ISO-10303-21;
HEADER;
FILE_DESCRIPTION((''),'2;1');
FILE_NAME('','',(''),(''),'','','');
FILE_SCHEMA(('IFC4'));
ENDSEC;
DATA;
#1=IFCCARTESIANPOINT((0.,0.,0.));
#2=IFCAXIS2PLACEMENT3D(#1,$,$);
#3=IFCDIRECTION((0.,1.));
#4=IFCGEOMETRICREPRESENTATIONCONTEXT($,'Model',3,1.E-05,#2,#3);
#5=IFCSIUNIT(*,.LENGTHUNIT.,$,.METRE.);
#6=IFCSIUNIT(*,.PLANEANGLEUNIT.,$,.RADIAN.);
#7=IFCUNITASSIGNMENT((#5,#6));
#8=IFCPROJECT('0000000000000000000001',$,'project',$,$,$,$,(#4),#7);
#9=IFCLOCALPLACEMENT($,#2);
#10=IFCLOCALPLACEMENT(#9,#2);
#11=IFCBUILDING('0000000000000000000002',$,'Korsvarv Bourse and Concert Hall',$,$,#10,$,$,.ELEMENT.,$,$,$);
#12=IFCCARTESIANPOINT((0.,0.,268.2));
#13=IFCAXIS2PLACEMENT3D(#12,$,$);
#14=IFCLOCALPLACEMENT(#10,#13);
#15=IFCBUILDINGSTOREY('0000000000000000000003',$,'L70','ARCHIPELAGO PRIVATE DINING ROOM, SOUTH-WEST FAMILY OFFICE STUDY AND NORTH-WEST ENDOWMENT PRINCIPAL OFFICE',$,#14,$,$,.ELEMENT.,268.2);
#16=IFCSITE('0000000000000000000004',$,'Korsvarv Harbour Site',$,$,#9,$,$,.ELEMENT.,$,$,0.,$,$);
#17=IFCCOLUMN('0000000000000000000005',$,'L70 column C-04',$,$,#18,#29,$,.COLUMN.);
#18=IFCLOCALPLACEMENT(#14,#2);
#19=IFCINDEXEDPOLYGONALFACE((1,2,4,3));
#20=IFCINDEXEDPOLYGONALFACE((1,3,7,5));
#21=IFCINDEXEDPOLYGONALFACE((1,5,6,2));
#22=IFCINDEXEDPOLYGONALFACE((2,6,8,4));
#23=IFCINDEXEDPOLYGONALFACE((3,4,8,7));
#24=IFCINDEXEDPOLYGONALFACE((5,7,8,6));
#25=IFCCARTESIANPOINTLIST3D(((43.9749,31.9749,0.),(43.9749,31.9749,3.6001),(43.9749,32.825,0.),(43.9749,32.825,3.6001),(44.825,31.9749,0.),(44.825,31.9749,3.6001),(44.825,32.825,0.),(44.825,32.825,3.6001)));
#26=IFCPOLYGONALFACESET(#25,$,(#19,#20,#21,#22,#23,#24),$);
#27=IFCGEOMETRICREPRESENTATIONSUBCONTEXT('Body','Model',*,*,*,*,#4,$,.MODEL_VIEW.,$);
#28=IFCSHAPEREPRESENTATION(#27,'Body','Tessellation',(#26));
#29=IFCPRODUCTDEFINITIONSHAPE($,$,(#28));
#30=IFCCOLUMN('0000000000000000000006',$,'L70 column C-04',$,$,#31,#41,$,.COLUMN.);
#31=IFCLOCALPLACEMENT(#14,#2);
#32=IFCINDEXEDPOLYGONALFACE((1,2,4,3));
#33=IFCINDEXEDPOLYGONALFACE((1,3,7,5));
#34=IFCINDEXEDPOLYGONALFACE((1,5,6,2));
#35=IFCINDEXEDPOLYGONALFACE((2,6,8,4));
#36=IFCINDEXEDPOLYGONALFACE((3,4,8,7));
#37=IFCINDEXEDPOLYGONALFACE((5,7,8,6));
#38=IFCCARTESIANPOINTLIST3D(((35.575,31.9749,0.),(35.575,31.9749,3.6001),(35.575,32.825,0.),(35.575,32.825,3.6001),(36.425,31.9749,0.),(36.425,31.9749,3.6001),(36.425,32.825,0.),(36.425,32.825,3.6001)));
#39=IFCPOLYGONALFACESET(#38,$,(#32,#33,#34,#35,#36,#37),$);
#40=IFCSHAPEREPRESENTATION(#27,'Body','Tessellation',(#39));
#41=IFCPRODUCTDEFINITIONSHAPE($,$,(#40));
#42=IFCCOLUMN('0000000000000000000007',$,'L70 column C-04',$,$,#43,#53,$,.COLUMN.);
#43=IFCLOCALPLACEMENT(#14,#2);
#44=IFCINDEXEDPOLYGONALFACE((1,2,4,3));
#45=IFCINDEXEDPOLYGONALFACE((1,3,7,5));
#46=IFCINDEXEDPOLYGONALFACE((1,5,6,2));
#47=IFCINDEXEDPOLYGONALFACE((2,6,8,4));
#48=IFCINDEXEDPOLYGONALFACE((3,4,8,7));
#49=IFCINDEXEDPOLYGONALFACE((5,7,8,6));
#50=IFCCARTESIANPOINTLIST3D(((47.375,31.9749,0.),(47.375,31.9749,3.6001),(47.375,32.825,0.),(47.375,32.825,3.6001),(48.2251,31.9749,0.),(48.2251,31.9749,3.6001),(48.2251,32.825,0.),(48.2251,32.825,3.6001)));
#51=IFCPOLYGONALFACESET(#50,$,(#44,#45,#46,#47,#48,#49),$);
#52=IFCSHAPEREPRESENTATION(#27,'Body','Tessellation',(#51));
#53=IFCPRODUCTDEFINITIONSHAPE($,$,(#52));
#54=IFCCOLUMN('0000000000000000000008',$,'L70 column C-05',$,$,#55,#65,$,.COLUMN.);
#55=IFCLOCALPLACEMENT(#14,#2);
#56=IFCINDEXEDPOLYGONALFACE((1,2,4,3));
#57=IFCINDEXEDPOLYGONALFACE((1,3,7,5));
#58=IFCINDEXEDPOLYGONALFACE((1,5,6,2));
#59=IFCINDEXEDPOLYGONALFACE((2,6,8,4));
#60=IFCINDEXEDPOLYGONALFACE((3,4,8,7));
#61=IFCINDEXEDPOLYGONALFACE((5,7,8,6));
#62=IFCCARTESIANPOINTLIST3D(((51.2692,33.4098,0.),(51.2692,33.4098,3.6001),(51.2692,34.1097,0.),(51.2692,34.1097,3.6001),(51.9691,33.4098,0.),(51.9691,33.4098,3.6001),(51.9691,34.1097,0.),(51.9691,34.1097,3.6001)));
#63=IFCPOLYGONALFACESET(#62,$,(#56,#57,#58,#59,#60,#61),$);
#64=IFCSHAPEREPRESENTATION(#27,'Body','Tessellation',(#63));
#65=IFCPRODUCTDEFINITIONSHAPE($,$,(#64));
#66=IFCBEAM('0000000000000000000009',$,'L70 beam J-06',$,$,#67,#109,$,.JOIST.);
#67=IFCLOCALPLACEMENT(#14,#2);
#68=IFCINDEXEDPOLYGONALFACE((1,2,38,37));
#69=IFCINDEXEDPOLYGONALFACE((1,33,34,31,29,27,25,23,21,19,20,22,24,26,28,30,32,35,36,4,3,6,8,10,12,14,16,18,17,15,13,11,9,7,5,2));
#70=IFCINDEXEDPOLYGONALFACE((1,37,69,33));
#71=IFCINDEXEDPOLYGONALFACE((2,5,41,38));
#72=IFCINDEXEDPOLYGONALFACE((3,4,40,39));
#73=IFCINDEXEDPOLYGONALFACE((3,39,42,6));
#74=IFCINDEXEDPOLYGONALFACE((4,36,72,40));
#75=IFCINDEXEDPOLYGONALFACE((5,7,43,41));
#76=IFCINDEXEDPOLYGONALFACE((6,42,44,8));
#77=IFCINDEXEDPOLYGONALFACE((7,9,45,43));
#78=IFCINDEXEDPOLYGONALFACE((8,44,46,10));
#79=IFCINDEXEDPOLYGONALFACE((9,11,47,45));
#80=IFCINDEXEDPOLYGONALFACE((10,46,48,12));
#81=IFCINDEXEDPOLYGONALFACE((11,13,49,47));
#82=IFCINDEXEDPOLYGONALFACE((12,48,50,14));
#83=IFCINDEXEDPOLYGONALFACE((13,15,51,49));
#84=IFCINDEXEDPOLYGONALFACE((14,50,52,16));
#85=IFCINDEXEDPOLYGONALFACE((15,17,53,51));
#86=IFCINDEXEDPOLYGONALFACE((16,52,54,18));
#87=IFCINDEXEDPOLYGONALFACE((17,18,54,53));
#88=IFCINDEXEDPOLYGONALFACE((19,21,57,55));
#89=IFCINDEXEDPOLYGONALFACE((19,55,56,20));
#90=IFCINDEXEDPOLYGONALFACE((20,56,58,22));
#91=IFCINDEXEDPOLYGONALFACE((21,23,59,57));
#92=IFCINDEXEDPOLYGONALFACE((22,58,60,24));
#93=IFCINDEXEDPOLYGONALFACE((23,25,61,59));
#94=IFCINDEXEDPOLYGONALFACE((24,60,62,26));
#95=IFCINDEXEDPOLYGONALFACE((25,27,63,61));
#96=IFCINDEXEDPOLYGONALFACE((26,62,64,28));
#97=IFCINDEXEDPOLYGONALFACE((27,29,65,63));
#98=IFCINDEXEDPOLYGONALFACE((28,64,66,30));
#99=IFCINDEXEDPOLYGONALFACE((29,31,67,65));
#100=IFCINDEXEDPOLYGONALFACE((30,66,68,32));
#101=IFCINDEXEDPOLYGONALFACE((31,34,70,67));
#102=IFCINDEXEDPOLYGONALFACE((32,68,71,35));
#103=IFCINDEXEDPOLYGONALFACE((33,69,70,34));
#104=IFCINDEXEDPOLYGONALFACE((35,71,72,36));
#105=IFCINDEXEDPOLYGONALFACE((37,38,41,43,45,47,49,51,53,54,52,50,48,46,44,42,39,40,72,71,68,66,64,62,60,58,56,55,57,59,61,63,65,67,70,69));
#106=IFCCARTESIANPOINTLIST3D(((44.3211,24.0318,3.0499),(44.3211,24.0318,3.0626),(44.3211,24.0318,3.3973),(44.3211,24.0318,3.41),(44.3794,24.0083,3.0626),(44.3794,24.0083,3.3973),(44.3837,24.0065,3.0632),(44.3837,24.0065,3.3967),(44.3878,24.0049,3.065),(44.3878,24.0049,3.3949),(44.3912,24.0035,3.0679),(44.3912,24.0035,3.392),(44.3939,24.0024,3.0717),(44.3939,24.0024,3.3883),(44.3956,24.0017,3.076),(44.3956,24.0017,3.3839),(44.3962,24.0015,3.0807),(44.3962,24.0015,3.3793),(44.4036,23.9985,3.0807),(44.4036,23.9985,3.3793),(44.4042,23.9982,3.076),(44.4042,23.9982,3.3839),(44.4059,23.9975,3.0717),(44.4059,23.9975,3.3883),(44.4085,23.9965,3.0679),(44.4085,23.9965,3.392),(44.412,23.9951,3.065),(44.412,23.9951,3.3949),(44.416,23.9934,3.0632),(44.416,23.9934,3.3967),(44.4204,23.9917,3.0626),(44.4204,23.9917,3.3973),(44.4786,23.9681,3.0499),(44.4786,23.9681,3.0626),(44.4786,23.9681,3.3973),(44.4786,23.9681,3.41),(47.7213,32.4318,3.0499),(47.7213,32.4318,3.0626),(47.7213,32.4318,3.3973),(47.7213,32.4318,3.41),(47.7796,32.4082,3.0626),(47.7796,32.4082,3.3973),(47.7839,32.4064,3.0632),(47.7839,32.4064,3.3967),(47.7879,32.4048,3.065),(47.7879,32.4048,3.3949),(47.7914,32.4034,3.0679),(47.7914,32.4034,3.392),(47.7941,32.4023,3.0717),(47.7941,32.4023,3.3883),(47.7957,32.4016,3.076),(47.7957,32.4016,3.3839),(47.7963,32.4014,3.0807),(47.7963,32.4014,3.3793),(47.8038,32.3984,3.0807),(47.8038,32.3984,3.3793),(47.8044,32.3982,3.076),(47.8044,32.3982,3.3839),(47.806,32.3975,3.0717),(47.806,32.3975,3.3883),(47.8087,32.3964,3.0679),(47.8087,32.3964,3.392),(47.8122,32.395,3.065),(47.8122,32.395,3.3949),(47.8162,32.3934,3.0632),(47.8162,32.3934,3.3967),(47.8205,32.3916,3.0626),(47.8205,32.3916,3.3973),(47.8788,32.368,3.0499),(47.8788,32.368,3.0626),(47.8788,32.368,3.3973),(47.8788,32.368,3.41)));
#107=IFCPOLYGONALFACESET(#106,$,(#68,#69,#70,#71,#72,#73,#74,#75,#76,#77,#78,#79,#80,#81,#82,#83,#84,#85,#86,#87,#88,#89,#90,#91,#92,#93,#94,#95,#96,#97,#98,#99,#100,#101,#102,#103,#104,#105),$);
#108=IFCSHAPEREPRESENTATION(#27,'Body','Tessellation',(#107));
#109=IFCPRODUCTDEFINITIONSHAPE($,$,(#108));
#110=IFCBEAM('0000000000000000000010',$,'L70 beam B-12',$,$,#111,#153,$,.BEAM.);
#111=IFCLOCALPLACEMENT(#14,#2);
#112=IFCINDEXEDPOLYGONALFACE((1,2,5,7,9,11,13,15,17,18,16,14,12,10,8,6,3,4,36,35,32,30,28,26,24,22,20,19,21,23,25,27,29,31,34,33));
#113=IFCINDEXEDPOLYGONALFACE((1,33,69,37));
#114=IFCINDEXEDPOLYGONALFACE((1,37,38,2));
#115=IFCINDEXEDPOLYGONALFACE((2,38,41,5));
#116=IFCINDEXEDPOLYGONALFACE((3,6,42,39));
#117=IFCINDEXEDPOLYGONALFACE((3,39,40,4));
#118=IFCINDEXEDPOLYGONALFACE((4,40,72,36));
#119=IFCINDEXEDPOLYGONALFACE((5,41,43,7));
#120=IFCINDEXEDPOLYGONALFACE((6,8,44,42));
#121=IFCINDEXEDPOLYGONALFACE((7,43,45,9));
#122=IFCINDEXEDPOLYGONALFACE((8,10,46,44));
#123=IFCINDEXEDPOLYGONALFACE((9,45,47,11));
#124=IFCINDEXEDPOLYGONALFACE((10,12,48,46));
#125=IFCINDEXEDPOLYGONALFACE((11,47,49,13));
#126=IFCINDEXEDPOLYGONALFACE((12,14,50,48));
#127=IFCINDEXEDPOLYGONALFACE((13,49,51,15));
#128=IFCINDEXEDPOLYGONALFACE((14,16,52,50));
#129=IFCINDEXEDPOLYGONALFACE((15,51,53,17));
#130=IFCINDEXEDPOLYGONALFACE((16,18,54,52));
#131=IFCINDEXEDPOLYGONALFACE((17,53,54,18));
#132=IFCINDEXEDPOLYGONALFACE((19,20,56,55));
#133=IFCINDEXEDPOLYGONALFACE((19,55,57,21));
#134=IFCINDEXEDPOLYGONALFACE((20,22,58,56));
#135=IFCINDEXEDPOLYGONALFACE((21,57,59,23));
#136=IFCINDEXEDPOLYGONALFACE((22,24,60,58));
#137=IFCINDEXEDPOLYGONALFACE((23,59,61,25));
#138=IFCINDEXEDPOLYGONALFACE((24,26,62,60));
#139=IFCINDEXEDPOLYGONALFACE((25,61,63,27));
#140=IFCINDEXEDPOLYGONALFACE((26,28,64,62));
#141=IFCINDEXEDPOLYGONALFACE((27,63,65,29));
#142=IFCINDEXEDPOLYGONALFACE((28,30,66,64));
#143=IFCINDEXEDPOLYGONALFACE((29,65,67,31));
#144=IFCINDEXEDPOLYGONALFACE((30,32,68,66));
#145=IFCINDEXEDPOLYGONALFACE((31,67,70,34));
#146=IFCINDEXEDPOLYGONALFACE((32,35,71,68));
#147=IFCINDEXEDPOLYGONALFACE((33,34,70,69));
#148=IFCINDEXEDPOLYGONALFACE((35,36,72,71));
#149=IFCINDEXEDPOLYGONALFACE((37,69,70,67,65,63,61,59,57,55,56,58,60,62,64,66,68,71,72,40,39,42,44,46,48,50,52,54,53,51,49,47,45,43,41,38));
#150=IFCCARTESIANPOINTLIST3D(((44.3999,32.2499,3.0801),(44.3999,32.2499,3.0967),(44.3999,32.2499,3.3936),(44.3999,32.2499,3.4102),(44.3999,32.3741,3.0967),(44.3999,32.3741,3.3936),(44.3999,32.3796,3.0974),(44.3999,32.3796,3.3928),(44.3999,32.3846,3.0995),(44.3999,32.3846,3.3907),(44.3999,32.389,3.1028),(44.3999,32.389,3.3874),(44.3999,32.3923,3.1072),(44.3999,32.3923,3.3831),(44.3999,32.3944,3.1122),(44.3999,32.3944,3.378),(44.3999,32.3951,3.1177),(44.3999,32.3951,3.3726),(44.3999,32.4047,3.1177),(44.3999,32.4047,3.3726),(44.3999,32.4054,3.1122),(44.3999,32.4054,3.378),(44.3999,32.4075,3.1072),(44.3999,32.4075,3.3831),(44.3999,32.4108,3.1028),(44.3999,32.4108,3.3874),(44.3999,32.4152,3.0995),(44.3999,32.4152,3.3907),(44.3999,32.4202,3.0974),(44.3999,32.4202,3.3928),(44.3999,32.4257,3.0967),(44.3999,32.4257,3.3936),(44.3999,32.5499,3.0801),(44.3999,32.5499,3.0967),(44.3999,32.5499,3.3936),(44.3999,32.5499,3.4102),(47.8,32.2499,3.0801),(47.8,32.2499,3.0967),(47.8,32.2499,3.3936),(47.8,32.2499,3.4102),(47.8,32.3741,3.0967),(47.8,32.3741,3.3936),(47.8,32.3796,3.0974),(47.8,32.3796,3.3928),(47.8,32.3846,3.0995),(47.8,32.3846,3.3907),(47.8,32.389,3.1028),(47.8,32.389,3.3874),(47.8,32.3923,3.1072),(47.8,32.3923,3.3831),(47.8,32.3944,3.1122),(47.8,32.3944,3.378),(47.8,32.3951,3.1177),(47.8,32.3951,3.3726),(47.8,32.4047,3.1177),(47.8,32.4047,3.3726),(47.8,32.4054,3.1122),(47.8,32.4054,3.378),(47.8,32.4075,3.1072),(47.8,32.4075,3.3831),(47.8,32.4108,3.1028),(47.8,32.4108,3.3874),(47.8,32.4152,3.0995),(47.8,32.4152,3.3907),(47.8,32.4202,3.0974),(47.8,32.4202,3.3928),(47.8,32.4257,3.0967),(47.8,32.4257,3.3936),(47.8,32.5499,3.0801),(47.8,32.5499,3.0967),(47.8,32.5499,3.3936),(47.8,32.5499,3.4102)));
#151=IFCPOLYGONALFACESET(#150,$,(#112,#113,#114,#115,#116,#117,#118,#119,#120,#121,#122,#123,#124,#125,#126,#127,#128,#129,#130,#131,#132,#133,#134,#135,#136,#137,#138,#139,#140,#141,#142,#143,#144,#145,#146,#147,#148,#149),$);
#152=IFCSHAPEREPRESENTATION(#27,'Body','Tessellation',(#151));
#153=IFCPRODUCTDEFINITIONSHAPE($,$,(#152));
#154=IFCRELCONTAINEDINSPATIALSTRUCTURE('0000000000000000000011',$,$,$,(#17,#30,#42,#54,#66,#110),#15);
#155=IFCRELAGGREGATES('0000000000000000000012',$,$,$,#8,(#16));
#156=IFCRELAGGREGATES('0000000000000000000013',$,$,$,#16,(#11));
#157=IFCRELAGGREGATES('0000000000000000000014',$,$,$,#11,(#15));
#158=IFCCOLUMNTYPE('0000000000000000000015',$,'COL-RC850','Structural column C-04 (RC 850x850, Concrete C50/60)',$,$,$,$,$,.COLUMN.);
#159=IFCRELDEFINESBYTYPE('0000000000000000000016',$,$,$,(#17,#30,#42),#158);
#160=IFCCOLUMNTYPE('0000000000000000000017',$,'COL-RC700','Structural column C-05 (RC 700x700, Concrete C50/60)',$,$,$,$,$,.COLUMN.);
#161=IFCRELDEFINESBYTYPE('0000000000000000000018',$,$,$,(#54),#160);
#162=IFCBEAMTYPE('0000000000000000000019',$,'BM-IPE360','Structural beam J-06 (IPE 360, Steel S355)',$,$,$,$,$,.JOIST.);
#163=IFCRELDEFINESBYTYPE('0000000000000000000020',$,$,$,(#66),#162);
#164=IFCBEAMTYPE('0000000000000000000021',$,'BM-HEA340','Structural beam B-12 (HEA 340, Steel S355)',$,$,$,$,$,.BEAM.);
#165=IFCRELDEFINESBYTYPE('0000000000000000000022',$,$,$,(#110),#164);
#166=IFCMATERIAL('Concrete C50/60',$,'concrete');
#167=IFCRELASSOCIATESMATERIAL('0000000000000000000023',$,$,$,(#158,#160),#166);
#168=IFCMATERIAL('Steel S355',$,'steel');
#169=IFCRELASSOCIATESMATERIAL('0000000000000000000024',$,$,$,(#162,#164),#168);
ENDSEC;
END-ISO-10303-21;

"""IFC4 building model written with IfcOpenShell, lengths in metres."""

from ifc_helpers import new_model, si_unit, direction, frame, origin, origin_2d, place, context, subcontext, project, spatial, rectangle, i_section, extrude, source, transform, mapped, material, material_profile, profile_set, type_object, element, save


model = new_model("IFC4")

# Units and contexts
model_context = context("Model", 3, precision=1e-05, world=origin(), true_north=direction((0.0, 1.0)))
body_context = subcontext(model_context, "Body", "Model", "MODEL_VIEW")
ifc_project = project(units=[si_unit("LENGTHUNIT", "METRE"), si_unit("PLANEANGLEUNIT", "RADIAN")], contexts=[model_context])

# Site, building, storey
site_placement = place(None, origin())
site = spatial("IfcSite", under=ifc_project, at=site_placement, Name="Korsvarv Harbour Site", CompositionType="ELEMENT", RefElevation=0.0)
building_placement = place(site_placement, origin())
building = spatial("IfcBuilding", under=site, at=building_placement, Name="Korsvarv Bourse and Concert Hall", CompositionType="ELEMENT")
storey_placement = place(building_placement, frame((0.0, 0.0, 268.2)))
storey = spatial("IfcBuildingStorey", under=building, at=storey_placement, Name="L70", Description="ARCHIPELAGO PRIVATE DINING ROOM, SOUTH-WEST FAMILY OFFICE STUDY AND NORTH-WEST ENDOWMENT PRINCIPAL OFFICE", CompositionType="ELEMENT", Elevation=268.2)

# Columns
ifc_material_1 = material(Name="Concrete C50/60", Category="concrete")
ifc_material_profile_1 = material_profile(ifc_material_1, rectangle(XDim=0.8501, YDim=0.8501, at=origin_2d()), Name="RC 850x850")
ifc_profile_set_1 = profile_set([ifc_material_profile_1], Name="Concrete C50/60")
column_type_1 = type_object("IfcColumnType", Name="COL-RC850", Description="Structural column C-04 (RC 850x850, Concrete C50/60)", PredefinedType="COLUMN", material=ifc_profile_set_1)
shared_shape_1 = source(origin(), body_context, "Body", "SweptSolid", [
    extrude(rectangle(XDim=0.8501, YDim=0.8501, at=origin_2d()), origin(), (0.0, 0.0, 1.0), 3.6001),
])
for number, where, z_axis, x_axis, name in (
    (1, (44.3999, 32.3999, 0.0), (0.0, 0.0, 1.0), (1.0, 0.0, 0.0), "L70 column C-04"),
    (2, (36.0, 32.3999, 0.0), (0.0, 0.0, 1.0), (1.0, 0.0, 0.0), "L70 column C-04"),
    (3, (47.8, 32.3999, 0.0), (0.0, 0.0, 1.0), (1.0, 0.0, 0.0), "L70 column C-04"),
):
    element("IfcColumn", number, at=place(storey_placement, frame(where, z_axis=z_axis, x_axis=x_axis)), inside=storey, type_object=column_type_1, Name=name, PredefinedType="COLUMN", context=body_context, shape_type="MappedRepresentation", body=[
        mapped(shared_shape_1, transform((0.0, 0.0, 0.0), scale=1.0)),
    ])
ifc_material_profile_2 = material_profile(ifc_material_1, rectangle(XDim=0.7, YDim=0.7, at=origin_2d()), Name="RC 700x700")
ifc_profile_set_2 = profile_set([ifc_material_profile_2], Name="Concrete C50/60")
column_type_2 = type_object("IfcColumnType", Name="COL-RC700", Description="Structural column C-05 (RC 700x700, Concrete C50/60)", PredefinedType="COLUMN", material=ifc_profile_set_2)
shared_shape_2 = source(origin(), body_context, "Body", "SweptSolid", [
    extrude(rectangle(XDim=0.7, YDim=0.7, at=origin_2d()), origin(), (0.0, 0.0, 1.0), 3.6001),
])
column_placement = place(storey_placement, frame((51.6191, 33.7598, 0.0), z_axis=(0.0, 0.0, 1.0), x_axis=(1.0, 0.0, 0.0)))
element("IfcColumn", 4, at=column_placement, inside=storey, type_object=column_type_2, Name="L70 column C-05", PredefinedType="COLUMN", context=body_context, shape_type="MappedRepresentation", body=[
    mapped(shared_shape_2, transform((0.0, 0.0, 0.0), scale=1.0)),
])

# Beams
ifc_material_2 = material(Name="Steel S355", Category="steel")
ifc_material_profile_3 = material_profile(ifc_material_2, i_section(OverallWidth=0.1699, OverallDepth=0.3601, WebThickness=0.0081, FlangeThickness=0.0127, FilletRadius=0.0181, at=origin_2d()), Name="IPE 360")
ifc_profile_set_3 = profile_set([ifc_material_profile_3], Name="Steel S355")
beam_type_1 = type_object("IfcBeamType", Name="BM-IPE360", Description="Structural beam J-06 (IPE 360, Steel S355)", PredefinedType="JOIST", material=ifc_profile_set_3)
shared_shape_3 = source(origin(), body_context, "Body", "SweptSolid", [
    extrude(i_section(OverallWidth=0.1699, OverallDepth=0.3601, WebThickness=0.0081, FlangeThickness=0.0127, FilletRadius=0.0181, at=origin_2d()), origin(), (0.0, 0.0, 1.0), 9.062),
])
beam_1_placement = place(storey_placement, frame((47.8, 32.3999, 3.23), z_axis=(-0.37521, -0.92694, 0.0), x_axis=(0.92694, -0.37521, 0.0)))
element("IfcBeam", 5, at=beam_1_placement, inside=storey, type_object=beam_type_1, Name="L70 beam J-06", PredefinedType="JOIST", context=body_context, shape_type="MappedRepresentation", body=[
    mapped(shared_shape_3, transform((0.0, 0.0, 0.0), scale=1.0)),
])
ifc_material_profile_4 = material_profile(ifc_material_2, i_section(OverallWidth=0.3, OverallDepth=0.3301, WebThickness=0.0095, FlangeThickness=0.0166, FilletRadius=0.021, at=origin_2d()), Name="HEA 340")
ifc_profile_set_4 = profile_set([ifc_material_profile_4], Name="Steel S355")
beam_type_2 = type_object("IfcBeamType", Name="BM-HEA340", Description="Structural beam B-12 (HEA 340, Steel S355)", PredefinedType="BEAM", material=ifc_profile_set_4)
shared_shape_4 = source(origin(), body_context, "Body", "SweptSolid", [
    extrude(i_section(OverallWidth=0.3, OverallDepth=0.3301, WebThickness=0.0095, FlangeThickness=0.0166, FilletRadius=0.021, at=origin_2d()), origin(), (0.0, 0.0, 1.0), 3.4001),
])
beam_2_placement = place(storey_placement, frame((44.3999, 32.3999, 3.2451), z_axis=(1.0, 0.0, 0.0), x_axis=(0.0, 1.0, 0.0)))
element("IfcBeam", 6, at=beam_2_placement, inside=storey, type_object=beam_type_2, Name="L70 beam B-12", PredefinedType="BEAM", context=body_context, shape_type="MappedRepresentation", body=[
    mapped(shared_shape_4, transform((0.0, 0.0, 0.0), scale=1.0)),
])

save(model, "model.ifc")
